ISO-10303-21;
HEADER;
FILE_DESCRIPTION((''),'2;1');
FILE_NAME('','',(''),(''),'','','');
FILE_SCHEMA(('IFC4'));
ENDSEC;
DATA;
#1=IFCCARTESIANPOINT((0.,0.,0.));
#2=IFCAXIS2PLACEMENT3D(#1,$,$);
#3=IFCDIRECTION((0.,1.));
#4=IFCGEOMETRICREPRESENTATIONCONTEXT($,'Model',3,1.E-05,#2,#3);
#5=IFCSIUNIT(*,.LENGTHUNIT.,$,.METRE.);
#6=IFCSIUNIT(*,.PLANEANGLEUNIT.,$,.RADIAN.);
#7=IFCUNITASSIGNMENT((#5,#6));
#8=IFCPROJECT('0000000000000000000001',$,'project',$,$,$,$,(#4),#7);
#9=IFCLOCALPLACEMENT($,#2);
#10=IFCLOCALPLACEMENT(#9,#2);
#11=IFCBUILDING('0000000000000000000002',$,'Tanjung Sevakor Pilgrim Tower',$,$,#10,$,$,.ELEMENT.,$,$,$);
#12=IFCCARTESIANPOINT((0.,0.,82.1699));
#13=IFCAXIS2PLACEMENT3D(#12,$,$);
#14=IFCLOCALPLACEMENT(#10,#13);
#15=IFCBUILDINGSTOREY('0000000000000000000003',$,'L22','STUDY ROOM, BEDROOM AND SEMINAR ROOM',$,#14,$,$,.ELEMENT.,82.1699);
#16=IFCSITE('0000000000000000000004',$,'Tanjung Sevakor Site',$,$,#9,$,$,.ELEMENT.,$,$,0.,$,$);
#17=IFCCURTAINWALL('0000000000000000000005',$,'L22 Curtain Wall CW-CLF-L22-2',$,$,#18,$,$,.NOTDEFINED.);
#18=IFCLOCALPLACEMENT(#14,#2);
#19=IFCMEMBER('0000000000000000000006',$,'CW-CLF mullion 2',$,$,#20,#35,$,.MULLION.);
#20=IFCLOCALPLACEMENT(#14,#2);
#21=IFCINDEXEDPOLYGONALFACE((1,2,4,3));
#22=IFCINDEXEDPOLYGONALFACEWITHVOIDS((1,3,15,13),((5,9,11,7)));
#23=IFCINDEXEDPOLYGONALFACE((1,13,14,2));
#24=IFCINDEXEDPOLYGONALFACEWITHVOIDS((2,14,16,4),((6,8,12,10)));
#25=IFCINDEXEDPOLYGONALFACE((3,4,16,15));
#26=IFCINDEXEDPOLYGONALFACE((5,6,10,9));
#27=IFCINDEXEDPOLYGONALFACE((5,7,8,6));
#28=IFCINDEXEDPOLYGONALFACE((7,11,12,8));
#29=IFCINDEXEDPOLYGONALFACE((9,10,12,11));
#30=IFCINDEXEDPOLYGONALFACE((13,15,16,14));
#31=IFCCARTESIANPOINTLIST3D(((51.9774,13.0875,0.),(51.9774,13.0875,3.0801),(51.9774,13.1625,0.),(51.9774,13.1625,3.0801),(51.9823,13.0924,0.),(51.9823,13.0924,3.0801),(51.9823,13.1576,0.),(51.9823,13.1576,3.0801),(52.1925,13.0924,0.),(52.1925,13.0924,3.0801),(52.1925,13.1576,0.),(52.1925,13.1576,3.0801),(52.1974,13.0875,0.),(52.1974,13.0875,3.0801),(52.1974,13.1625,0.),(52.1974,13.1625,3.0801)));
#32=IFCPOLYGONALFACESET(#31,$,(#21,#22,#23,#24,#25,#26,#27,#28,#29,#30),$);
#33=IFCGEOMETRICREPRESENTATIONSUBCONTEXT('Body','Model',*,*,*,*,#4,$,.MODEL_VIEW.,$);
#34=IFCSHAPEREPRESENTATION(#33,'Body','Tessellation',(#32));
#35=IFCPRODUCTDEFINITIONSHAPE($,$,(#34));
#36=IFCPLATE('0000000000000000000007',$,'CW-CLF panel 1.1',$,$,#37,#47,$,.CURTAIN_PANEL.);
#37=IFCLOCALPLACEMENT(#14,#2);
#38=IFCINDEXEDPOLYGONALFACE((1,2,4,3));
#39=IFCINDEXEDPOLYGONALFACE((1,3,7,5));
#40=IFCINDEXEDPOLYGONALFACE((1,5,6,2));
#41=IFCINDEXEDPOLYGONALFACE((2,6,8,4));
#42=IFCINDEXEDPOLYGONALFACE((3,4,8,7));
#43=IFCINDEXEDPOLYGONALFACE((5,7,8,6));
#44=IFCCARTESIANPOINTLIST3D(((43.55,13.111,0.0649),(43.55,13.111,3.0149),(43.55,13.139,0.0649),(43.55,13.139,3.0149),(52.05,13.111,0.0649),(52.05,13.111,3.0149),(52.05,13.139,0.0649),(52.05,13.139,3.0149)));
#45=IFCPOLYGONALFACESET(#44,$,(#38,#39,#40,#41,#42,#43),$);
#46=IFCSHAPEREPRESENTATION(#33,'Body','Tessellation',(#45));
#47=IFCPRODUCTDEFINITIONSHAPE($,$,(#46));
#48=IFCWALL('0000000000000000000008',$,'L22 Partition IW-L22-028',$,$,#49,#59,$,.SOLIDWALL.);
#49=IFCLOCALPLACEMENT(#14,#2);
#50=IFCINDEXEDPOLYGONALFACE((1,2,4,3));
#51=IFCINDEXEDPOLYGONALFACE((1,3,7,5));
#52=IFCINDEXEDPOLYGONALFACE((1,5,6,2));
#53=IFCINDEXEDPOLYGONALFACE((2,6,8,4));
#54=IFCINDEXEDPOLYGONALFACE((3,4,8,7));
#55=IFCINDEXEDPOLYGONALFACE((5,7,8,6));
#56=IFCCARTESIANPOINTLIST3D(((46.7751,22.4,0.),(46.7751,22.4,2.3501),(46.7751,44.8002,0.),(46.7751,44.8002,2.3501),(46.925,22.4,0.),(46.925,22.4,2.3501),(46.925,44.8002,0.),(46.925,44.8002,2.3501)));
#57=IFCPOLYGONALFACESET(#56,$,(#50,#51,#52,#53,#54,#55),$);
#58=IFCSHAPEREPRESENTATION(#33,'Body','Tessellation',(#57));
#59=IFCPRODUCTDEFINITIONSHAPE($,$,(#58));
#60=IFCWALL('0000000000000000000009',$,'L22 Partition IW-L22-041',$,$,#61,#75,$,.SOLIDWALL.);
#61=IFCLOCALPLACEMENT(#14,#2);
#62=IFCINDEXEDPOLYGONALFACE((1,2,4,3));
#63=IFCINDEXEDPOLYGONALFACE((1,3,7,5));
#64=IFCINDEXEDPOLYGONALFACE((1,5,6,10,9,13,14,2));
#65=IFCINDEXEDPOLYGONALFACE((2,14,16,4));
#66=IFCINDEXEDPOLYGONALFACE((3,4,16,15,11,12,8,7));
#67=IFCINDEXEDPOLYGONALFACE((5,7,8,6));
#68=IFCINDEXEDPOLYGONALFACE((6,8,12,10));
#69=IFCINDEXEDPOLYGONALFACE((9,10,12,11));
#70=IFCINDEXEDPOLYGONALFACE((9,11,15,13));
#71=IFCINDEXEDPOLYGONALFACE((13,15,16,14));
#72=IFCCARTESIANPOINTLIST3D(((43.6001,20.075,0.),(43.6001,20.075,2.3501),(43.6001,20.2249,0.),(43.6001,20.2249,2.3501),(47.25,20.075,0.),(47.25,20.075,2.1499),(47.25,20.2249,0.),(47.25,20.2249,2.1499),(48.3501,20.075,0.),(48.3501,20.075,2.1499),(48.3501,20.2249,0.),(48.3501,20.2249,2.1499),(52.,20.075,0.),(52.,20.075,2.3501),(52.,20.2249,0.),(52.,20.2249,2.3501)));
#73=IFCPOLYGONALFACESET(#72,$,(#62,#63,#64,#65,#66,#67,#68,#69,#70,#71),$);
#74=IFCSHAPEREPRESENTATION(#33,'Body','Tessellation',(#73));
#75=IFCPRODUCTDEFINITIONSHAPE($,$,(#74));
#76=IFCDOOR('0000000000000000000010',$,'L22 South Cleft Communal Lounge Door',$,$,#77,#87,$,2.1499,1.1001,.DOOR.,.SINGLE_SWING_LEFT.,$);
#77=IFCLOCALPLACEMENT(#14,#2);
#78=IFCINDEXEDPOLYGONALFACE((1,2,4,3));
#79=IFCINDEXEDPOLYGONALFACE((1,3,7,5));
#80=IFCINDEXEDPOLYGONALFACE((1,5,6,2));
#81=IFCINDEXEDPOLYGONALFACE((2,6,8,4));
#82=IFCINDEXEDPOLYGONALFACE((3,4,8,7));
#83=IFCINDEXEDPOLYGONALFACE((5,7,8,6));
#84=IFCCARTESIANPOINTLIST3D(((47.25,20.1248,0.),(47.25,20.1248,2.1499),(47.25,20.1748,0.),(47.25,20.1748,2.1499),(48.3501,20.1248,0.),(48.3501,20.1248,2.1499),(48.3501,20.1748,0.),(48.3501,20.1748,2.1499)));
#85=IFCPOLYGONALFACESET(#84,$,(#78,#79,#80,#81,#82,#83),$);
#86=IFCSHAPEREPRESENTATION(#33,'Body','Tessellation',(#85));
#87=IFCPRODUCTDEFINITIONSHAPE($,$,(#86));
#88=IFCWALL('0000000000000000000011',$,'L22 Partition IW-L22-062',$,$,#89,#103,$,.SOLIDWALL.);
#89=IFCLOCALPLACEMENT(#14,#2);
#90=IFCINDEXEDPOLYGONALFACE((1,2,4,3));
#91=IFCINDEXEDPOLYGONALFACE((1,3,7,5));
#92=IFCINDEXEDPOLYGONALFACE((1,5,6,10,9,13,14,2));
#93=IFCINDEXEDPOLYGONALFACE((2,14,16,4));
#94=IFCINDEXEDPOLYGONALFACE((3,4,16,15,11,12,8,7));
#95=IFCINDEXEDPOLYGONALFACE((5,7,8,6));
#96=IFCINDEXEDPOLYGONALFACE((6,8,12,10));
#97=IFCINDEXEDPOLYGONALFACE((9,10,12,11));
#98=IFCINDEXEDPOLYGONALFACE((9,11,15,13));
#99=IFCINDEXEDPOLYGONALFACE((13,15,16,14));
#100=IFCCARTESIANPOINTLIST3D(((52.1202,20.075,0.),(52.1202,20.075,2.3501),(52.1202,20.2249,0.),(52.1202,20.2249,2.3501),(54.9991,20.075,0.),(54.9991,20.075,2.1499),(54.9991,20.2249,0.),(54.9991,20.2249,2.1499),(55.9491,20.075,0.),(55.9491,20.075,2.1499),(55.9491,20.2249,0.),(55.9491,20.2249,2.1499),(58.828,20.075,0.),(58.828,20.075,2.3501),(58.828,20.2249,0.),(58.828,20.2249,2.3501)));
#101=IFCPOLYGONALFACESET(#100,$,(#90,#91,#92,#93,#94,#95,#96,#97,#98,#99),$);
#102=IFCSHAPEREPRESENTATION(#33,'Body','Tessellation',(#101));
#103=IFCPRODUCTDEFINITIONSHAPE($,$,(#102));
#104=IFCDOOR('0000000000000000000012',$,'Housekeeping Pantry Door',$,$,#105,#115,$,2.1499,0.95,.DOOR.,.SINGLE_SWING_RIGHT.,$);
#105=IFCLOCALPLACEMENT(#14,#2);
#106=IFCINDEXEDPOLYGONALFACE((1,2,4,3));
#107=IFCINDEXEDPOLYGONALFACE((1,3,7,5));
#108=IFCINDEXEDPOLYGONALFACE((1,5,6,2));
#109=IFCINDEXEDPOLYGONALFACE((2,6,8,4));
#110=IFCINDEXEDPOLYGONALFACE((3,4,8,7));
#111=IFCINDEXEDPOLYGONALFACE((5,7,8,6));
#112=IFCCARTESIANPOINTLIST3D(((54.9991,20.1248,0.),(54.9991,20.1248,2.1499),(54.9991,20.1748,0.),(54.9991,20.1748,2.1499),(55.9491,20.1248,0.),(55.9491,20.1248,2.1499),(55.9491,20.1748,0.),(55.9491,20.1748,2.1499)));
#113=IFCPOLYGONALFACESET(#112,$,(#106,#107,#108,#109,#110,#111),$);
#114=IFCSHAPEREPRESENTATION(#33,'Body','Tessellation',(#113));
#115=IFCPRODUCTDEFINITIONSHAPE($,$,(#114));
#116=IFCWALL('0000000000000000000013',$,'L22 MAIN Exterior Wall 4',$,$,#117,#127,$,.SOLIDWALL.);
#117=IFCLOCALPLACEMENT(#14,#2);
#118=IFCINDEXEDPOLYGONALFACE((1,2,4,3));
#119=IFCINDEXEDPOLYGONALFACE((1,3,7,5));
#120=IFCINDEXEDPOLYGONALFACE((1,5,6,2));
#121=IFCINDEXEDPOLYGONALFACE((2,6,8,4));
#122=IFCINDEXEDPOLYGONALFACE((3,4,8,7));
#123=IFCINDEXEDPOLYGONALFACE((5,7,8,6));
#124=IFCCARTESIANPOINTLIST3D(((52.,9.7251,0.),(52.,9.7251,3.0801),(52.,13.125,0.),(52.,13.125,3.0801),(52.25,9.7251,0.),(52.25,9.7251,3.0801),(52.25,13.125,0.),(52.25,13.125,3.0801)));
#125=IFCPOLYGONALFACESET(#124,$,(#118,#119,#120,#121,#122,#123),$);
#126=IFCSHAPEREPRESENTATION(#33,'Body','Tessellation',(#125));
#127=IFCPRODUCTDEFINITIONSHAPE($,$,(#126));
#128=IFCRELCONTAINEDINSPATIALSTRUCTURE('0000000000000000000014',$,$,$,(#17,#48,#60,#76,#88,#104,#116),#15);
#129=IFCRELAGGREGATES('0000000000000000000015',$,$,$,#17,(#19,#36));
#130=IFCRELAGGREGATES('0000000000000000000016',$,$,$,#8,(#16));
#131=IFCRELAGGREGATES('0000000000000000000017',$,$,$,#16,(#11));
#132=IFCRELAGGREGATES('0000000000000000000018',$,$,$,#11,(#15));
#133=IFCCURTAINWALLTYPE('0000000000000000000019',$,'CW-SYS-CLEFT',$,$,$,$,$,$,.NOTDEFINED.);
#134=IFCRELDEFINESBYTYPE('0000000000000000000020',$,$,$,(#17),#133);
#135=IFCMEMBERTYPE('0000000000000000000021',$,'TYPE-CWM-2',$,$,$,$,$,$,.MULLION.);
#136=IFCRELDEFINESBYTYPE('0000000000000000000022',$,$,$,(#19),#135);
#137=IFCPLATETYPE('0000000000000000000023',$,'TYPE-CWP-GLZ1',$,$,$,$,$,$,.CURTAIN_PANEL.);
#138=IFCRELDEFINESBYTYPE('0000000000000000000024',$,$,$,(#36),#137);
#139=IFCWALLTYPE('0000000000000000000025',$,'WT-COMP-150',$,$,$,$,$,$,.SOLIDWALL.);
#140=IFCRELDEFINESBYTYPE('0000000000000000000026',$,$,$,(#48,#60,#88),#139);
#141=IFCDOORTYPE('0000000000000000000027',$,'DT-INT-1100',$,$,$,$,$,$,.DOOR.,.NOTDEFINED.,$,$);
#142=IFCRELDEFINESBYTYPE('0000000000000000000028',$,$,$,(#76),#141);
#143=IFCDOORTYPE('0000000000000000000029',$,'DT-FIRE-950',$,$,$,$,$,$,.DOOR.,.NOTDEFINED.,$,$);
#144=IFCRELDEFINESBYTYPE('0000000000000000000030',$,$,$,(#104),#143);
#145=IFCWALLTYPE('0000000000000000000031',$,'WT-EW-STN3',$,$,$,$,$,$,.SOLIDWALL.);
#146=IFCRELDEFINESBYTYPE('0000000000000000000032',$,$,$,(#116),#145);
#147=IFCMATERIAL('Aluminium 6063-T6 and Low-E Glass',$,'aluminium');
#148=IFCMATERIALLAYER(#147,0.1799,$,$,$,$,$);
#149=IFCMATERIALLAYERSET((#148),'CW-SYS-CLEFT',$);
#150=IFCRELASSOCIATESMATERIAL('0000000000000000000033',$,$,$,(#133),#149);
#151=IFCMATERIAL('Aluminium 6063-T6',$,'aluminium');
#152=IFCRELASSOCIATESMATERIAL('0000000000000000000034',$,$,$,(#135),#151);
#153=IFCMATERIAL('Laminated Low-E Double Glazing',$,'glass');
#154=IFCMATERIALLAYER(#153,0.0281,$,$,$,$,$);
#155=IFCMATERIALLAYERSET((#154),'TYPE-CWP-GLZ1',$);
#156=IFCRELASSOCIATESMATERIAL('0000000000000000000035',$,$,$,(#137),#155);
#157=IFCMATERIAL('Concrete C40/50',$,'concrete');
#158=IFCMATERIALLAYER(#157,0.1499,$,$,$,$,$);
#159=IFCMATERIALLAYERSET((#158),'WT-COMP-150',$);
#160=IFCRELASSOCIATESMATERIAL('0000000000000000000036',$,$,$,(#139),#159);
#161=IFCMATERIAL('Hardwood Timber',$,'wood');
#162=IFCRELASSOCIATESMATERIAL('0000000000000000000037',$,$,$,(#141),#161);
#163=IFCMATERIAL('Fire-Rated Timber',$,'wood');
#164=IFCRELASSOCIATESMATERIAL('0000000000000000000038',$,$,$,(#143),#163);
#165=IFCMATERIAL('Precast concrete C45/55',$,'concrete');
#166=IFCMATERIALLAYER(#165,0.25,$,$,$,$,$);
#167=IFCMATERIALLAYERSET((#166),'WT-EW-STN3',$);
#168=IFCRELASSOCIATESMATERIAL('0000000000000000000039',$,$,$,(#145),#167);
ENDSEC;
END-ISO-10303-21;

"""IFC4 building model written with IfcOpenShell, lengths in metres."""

from ifc_helpers import new_model, si_unit, direction, frame, frame_2d, origin, origin_2d, place, context, subcontext, project, spatial, rectangle, hollow_rectangle, extrude, material, layer, layer_set, material_profile, profile_set, type_object, element, fill, aggregate, save


model = new_model("IFC4")

# Units and contexts
model_context = context("Model", 3, precision=1e-05, world=origin(), true_north=direction((0.0, 1.0)))
body_context = subcontext(model_context, "Body", "Model", "MODEL_VIEW")
ifc_project = project(units=[si_unit("LENGTHUNIT", "METRE"), si_unit("PLANEANGLEUNIT", "RADIAN")], contexts=[model_context])

# Site, building, storey
site_placement = place(None, origin())
site = spatial("IfcSite", under=ifc_project, at=site_placement, Name="Tanjung Sevakor Site", CompositionType="ELEMENT", RefElevation=0.0)
building_placement = place(site_placement, origin())
building = spatial("IfcBuilding", under=site, at=building_placement, Name="Tanjung Sevakor Pilgrim Tower", CompositionType="ELEMENT")
storey_placement = place(building_placement, frame((0.0, 0.0, 82.1699)))
storey = spatial("IfcBuildingStorey", under=building, at=storey_placement, Name="L22", Description="STUDY ROOM, BEDROOM AND SEMINAR ROOM", CompositionType="ELEMENT", Elevation=82.1699)

# Curtain wall, member, plate
ifc_material_1 = material(Name="Aluminium 6063-T6 and Low-E Glass", Category="aluminium")
ifc_layer_1 = layer(ifc_material_1, 0.1799)
ifc_layer_set_1 = layer_set([ifc_layer_1], Name="CW-SYS-CLEFT")
curtain_wall_type = type_object("IfcCurtainWallType", Name="CW-SYS-CLEFT", PredefinedType="NOTDEFINED", material=ifc_layer_set_1)
curtain_wall_placement = place(storey_placement, origin())
curtain_wall = element("IfcCurtainWall", 1, at=curtain_wall_placement, inside=storey, type_object=curtain_wall_type, Name="L22 Curtain Wall CW-CLF-L22-2", PredefinedType="NOTDEFINED")
ifc_material_2 = material(Name="Aluminium 6063-T6", Category="aluminium")
ifc_material_profile_1 = material_profile(ifc_material_2, hollow_rectangle(XDim=0.075, YDim=0.22, WallThickness=0.0049, at=origin_2d()))
ifc_profile_set_1 = profile_set([ifc_material_profile_1], Name="Aluminium 6063-T6")
member_type = type_object("IfcMemberType", Name="TYPE-CWM-2", PredefinedType="MULLION", material=ifc_profile_set_1)
member_placement = place(storey_placement, frame((52.0874, 13.125, 0.0), z_axis=(0.0, 0.0, 1.0), x_axis=(0.0, 1.0, 0.0)))
member = element("IfcMember", 2, at=member_placement, type_object=member_type, Name="CW-CLF mullion 2", PredefinedType="MULLION", context=body_context, shape_type="SweptSolid", body=[
    extrude(hollow_rectangle(XDim=0.075, YDim=0.22, WallThickness=0.0049, at=origin_2d()), origin(), (0.0, 0.0, 1.0), 3.0801),
])
ifc_material_3 = material(Name="Laminated Low-E Double Glazing", Category="glass")
ifc_layer_2 = layer(ifc_material_3, 0.0281)
ifc_layer_set_2 = layer_set([ifc_layer_2], Name="TYPE-CWP-GLZ1")
plate_type = type_object("IfcPlateType", Name="TYPE-CWP-GLZ1", PredefinedType="CURTAIN_PANEL", material=ifc_layer_set_2)
plate_placement = place(storey_placement, frame((47.8, 13.125, 0.0649), z_axis=(0.0, 0.0, 1.0), x_axis=(1.0, 0.0, 0.0)))
plate = element("IfcPlate", 3, at=plate_placement, type_object=plate_type, Name="CW-CLF panel 1.1", PredefinedType="CURTAIN_PANEL", context=body_context, shape_type="SweptSolid", body=[
    extrude(rectangle(XDim=8.5, YDim=0.0281, at=origin_2d()), origin(), (0.0, 0.0, 1.0), 2.95),
])
aggregate(curtain_wall, [member, plate])

# Wall
ifc_material_4 = material(Name="Concrete C40/50", Category="concrete")
ifc_layer_3 = layer(ifc_material_4, 0.1499)
ifc_layer_set_3 = layer_set([ifc_layer_3], Name="WT-COMP-150")
wall_type_1 = type_object("IfcWallType", Name="WT-COMP-150", PredefinedType="SOLIDWALL", material=ifc_layer_set_3)
wall_1_placement = place(storey_placement, frame((46.8501, 22.3999, 0.0), z_axis=(0.0, 0.0, 1.0), x_axis=(0.0, 1.0, 0.0)))
element("IfcWall", 4, at=wall_1_placement, inside=storey, type_object=wall_type_1, Name="L22 Partition IW-L22-028", PredefinedType="SOLIDWALL", context=body_context, shape_type="SweptSolid", body=[
    extrude(rectangle(XDim=22.4001, YDim=0.1499, at=frame_2d((11.2002, 0.0))), origin(), (0.0, 0.0, 1.0), 2.3501),
])

# Walls, openings, doors
wall_2_placement = place(storey_placement, frame((43.6001, 20.1499, 0.0), z_axis=(0.0, 0.0, 1.0), x_axis=(1.0, 0.0, 0.0)))
wall_2 = element("IfcWall", 5, at=wall_2_placement, inside=storey, type_object=wall_type_1, Name="L22 Partition IW-L22-041", PredefinedType="SOLIDWALL", context=body_context, shape_type="SweptSolid", body=[
    extrude(rectangle(XDim=8.3999, YDim=0.1499, at=frame_2d((4.2, 0.0))), origin(), (0.0, 0.0, 1.0), 2.3501),
])
opening_1_placement = place(wall_2_placement, frame((3.6499, 0.0, 0.0)))
opening_1 = element("IfcOpeningElement", 6, at=opening_1_placement, cuts=wall_2, PredefinedType="OPENING", context=body_context, shape_type="SweptSolid", body=[
    extrude(rectangle(XDim=1.1001, YDim=2.1499, at=frame_2d((0.55, 1.075))), frame((0.0, 0.085, 0.0), z_axis=(0.0, -1.0, 0.0), x_axis=(1.0, 0.0, 0.0)), (0.0, 0.0, 1.0), 0.1699),
])
ifc_material_5 = material(Name="Hardwood Timber", Category="wood")
door_type_1 = type_object("IfcDoorType", Name="DT-INT-1100", OperationType="NOTDEFINED", PredefinedType="DOOR", material=ifc_material_5)
door_1_placement = place(opening_1_placement, origin())
door_1 = element("IfcDoor", 7, at=door_1_placement, inside=storey, type_object=door_type_1, Name="L22 South Cleft Communal Lounge Door", OperationType="SINGLE_SWING_LEFT", OverallHeight=2.1499, OverallWidth=1.1001, PredefinedType="DOOR", context=body_context, shape_type="SweptSolid", body=[
    extrude(rectangle(XDim=1.1001, YDim=2.1499, at=frame_2d((0.55, 1.075))), frame((0.0, 0.0249, 0.0), z_axis=(0.0, -1.0, 0.0), x_axis=(1.0, 0.0, 0.0)), (0.0, 0.0, 1.0), 0.05),
])
fill(opening_1, door_1)
ifc_material_6 = material(Name="Fire-Rated Timber", Category="wood")
door_type_2 = type_object("IfcDoorType", Name="DT-FIRE-950", OperationType="NOTDEFINED", PredefinedType="DOOR", material=ifc_material_6)
wall_3_placement = place(storey_placement, frame((52.1201, 20.1499, 0.0), z_axis=(0.0, 0.0, 1.0), x_axis=(1.0, 0.0, 0.0)))
wall_3 = element("IfcWall", 8, at=wall_3_placement, inside=storey, type_object=wall_type_1, Name="L22 Partition IW-L22-062", PredefinedType="SOLIDWALL", context=body_context, shape_type="SweptSolid", body=[
    extrude(rectangle(XDim=6.7078, YDim=0.1499, at=frame_2d((3.354, 0.0))), origin(), (0.0, 0.0, 1.0), 2.3501),
])
opening_2_placement = place(wall_3_placement, frame((2.8789, 0.0, 0.0)))
opening_2 = element("IfcOpeningElement", 9, at=opening_2_placement, cuts=wall_3, PredefinedType="OPENING", context=body_context, shape_type="SweptSolid", body=[
    extrude(rectangle(XDim=0.95, YDim=2.1499, at=frame_2d((0.4751, 1.075))), frame((0.0, 0.085, 0.0), z_axis=(0.0, -1.0, 0.0), x_axis=(1.0, 0.0, 0.0)), (0.0, 0.0, 1.0), 0.1699),
])
door_2_placement = place(opening_2_placement, origin())
door_2 = element("IfcDoor", 10, at=door_2_placement, inside=storey, type_object=door_type_2, Name="Housekeeping Pantry Door", OperationType="SINGLE_SWING_RIGHT", OverallHeight=2.1499, OverallWidth=0.95, PredefinedType="DOOR", context=body_context, shape_type="SweptSolid", body=[
    extrude(rectangle(XDim=0.95, YDim=2.1499, at=frame_2d((0.4751, 1.075))), frame((0.0, 0.0249, 0.0), z_axis=(0.0, -1.0, 0.0), x_axis=(1.0, 0.0, 0.0)), (0.0, 0.0, 1.0), 0.05),
])
fill(opening_2, door_2)

# Wall
ifc_material_7 = material(Name="Precast concrete C45/55", Category="concrete")
ifc_layer_4 = layer(ifc_material_7, 0.25)
ifc_layer_set_4 = layer_set([ifc_layer_4], Name="WT-EW-STN3")
wall_type_2 = type_object("IfcWallType", Name="WT-EW-STN3", PredefinedType="SOLIDWALL", material=ifc_layer_set_4)
wall_4_placement = place(storey_placement, frame((52.125, 13.125, 0.0), z_axis=(0.0, 0.0, 1.0), x_axis=(0.0, -1.0, 0.0)))
element("IfcWall", 11, at=wall_4_placement, inside=storey, type_object=wall_type_2, Name="L22 MAIN Exterior Wall 4", PredefinedType="SOLIDWALL", context=body_context, shape_type="SweptSolid", body=[
    extrude(rectangle(XDim=3.3999, YDim=0.25, at=frame_2d((1.7, 0.0))), origin(), (0.0, 0.0, 1.0), 3.0801),
])

save(model, "model.ifc")
